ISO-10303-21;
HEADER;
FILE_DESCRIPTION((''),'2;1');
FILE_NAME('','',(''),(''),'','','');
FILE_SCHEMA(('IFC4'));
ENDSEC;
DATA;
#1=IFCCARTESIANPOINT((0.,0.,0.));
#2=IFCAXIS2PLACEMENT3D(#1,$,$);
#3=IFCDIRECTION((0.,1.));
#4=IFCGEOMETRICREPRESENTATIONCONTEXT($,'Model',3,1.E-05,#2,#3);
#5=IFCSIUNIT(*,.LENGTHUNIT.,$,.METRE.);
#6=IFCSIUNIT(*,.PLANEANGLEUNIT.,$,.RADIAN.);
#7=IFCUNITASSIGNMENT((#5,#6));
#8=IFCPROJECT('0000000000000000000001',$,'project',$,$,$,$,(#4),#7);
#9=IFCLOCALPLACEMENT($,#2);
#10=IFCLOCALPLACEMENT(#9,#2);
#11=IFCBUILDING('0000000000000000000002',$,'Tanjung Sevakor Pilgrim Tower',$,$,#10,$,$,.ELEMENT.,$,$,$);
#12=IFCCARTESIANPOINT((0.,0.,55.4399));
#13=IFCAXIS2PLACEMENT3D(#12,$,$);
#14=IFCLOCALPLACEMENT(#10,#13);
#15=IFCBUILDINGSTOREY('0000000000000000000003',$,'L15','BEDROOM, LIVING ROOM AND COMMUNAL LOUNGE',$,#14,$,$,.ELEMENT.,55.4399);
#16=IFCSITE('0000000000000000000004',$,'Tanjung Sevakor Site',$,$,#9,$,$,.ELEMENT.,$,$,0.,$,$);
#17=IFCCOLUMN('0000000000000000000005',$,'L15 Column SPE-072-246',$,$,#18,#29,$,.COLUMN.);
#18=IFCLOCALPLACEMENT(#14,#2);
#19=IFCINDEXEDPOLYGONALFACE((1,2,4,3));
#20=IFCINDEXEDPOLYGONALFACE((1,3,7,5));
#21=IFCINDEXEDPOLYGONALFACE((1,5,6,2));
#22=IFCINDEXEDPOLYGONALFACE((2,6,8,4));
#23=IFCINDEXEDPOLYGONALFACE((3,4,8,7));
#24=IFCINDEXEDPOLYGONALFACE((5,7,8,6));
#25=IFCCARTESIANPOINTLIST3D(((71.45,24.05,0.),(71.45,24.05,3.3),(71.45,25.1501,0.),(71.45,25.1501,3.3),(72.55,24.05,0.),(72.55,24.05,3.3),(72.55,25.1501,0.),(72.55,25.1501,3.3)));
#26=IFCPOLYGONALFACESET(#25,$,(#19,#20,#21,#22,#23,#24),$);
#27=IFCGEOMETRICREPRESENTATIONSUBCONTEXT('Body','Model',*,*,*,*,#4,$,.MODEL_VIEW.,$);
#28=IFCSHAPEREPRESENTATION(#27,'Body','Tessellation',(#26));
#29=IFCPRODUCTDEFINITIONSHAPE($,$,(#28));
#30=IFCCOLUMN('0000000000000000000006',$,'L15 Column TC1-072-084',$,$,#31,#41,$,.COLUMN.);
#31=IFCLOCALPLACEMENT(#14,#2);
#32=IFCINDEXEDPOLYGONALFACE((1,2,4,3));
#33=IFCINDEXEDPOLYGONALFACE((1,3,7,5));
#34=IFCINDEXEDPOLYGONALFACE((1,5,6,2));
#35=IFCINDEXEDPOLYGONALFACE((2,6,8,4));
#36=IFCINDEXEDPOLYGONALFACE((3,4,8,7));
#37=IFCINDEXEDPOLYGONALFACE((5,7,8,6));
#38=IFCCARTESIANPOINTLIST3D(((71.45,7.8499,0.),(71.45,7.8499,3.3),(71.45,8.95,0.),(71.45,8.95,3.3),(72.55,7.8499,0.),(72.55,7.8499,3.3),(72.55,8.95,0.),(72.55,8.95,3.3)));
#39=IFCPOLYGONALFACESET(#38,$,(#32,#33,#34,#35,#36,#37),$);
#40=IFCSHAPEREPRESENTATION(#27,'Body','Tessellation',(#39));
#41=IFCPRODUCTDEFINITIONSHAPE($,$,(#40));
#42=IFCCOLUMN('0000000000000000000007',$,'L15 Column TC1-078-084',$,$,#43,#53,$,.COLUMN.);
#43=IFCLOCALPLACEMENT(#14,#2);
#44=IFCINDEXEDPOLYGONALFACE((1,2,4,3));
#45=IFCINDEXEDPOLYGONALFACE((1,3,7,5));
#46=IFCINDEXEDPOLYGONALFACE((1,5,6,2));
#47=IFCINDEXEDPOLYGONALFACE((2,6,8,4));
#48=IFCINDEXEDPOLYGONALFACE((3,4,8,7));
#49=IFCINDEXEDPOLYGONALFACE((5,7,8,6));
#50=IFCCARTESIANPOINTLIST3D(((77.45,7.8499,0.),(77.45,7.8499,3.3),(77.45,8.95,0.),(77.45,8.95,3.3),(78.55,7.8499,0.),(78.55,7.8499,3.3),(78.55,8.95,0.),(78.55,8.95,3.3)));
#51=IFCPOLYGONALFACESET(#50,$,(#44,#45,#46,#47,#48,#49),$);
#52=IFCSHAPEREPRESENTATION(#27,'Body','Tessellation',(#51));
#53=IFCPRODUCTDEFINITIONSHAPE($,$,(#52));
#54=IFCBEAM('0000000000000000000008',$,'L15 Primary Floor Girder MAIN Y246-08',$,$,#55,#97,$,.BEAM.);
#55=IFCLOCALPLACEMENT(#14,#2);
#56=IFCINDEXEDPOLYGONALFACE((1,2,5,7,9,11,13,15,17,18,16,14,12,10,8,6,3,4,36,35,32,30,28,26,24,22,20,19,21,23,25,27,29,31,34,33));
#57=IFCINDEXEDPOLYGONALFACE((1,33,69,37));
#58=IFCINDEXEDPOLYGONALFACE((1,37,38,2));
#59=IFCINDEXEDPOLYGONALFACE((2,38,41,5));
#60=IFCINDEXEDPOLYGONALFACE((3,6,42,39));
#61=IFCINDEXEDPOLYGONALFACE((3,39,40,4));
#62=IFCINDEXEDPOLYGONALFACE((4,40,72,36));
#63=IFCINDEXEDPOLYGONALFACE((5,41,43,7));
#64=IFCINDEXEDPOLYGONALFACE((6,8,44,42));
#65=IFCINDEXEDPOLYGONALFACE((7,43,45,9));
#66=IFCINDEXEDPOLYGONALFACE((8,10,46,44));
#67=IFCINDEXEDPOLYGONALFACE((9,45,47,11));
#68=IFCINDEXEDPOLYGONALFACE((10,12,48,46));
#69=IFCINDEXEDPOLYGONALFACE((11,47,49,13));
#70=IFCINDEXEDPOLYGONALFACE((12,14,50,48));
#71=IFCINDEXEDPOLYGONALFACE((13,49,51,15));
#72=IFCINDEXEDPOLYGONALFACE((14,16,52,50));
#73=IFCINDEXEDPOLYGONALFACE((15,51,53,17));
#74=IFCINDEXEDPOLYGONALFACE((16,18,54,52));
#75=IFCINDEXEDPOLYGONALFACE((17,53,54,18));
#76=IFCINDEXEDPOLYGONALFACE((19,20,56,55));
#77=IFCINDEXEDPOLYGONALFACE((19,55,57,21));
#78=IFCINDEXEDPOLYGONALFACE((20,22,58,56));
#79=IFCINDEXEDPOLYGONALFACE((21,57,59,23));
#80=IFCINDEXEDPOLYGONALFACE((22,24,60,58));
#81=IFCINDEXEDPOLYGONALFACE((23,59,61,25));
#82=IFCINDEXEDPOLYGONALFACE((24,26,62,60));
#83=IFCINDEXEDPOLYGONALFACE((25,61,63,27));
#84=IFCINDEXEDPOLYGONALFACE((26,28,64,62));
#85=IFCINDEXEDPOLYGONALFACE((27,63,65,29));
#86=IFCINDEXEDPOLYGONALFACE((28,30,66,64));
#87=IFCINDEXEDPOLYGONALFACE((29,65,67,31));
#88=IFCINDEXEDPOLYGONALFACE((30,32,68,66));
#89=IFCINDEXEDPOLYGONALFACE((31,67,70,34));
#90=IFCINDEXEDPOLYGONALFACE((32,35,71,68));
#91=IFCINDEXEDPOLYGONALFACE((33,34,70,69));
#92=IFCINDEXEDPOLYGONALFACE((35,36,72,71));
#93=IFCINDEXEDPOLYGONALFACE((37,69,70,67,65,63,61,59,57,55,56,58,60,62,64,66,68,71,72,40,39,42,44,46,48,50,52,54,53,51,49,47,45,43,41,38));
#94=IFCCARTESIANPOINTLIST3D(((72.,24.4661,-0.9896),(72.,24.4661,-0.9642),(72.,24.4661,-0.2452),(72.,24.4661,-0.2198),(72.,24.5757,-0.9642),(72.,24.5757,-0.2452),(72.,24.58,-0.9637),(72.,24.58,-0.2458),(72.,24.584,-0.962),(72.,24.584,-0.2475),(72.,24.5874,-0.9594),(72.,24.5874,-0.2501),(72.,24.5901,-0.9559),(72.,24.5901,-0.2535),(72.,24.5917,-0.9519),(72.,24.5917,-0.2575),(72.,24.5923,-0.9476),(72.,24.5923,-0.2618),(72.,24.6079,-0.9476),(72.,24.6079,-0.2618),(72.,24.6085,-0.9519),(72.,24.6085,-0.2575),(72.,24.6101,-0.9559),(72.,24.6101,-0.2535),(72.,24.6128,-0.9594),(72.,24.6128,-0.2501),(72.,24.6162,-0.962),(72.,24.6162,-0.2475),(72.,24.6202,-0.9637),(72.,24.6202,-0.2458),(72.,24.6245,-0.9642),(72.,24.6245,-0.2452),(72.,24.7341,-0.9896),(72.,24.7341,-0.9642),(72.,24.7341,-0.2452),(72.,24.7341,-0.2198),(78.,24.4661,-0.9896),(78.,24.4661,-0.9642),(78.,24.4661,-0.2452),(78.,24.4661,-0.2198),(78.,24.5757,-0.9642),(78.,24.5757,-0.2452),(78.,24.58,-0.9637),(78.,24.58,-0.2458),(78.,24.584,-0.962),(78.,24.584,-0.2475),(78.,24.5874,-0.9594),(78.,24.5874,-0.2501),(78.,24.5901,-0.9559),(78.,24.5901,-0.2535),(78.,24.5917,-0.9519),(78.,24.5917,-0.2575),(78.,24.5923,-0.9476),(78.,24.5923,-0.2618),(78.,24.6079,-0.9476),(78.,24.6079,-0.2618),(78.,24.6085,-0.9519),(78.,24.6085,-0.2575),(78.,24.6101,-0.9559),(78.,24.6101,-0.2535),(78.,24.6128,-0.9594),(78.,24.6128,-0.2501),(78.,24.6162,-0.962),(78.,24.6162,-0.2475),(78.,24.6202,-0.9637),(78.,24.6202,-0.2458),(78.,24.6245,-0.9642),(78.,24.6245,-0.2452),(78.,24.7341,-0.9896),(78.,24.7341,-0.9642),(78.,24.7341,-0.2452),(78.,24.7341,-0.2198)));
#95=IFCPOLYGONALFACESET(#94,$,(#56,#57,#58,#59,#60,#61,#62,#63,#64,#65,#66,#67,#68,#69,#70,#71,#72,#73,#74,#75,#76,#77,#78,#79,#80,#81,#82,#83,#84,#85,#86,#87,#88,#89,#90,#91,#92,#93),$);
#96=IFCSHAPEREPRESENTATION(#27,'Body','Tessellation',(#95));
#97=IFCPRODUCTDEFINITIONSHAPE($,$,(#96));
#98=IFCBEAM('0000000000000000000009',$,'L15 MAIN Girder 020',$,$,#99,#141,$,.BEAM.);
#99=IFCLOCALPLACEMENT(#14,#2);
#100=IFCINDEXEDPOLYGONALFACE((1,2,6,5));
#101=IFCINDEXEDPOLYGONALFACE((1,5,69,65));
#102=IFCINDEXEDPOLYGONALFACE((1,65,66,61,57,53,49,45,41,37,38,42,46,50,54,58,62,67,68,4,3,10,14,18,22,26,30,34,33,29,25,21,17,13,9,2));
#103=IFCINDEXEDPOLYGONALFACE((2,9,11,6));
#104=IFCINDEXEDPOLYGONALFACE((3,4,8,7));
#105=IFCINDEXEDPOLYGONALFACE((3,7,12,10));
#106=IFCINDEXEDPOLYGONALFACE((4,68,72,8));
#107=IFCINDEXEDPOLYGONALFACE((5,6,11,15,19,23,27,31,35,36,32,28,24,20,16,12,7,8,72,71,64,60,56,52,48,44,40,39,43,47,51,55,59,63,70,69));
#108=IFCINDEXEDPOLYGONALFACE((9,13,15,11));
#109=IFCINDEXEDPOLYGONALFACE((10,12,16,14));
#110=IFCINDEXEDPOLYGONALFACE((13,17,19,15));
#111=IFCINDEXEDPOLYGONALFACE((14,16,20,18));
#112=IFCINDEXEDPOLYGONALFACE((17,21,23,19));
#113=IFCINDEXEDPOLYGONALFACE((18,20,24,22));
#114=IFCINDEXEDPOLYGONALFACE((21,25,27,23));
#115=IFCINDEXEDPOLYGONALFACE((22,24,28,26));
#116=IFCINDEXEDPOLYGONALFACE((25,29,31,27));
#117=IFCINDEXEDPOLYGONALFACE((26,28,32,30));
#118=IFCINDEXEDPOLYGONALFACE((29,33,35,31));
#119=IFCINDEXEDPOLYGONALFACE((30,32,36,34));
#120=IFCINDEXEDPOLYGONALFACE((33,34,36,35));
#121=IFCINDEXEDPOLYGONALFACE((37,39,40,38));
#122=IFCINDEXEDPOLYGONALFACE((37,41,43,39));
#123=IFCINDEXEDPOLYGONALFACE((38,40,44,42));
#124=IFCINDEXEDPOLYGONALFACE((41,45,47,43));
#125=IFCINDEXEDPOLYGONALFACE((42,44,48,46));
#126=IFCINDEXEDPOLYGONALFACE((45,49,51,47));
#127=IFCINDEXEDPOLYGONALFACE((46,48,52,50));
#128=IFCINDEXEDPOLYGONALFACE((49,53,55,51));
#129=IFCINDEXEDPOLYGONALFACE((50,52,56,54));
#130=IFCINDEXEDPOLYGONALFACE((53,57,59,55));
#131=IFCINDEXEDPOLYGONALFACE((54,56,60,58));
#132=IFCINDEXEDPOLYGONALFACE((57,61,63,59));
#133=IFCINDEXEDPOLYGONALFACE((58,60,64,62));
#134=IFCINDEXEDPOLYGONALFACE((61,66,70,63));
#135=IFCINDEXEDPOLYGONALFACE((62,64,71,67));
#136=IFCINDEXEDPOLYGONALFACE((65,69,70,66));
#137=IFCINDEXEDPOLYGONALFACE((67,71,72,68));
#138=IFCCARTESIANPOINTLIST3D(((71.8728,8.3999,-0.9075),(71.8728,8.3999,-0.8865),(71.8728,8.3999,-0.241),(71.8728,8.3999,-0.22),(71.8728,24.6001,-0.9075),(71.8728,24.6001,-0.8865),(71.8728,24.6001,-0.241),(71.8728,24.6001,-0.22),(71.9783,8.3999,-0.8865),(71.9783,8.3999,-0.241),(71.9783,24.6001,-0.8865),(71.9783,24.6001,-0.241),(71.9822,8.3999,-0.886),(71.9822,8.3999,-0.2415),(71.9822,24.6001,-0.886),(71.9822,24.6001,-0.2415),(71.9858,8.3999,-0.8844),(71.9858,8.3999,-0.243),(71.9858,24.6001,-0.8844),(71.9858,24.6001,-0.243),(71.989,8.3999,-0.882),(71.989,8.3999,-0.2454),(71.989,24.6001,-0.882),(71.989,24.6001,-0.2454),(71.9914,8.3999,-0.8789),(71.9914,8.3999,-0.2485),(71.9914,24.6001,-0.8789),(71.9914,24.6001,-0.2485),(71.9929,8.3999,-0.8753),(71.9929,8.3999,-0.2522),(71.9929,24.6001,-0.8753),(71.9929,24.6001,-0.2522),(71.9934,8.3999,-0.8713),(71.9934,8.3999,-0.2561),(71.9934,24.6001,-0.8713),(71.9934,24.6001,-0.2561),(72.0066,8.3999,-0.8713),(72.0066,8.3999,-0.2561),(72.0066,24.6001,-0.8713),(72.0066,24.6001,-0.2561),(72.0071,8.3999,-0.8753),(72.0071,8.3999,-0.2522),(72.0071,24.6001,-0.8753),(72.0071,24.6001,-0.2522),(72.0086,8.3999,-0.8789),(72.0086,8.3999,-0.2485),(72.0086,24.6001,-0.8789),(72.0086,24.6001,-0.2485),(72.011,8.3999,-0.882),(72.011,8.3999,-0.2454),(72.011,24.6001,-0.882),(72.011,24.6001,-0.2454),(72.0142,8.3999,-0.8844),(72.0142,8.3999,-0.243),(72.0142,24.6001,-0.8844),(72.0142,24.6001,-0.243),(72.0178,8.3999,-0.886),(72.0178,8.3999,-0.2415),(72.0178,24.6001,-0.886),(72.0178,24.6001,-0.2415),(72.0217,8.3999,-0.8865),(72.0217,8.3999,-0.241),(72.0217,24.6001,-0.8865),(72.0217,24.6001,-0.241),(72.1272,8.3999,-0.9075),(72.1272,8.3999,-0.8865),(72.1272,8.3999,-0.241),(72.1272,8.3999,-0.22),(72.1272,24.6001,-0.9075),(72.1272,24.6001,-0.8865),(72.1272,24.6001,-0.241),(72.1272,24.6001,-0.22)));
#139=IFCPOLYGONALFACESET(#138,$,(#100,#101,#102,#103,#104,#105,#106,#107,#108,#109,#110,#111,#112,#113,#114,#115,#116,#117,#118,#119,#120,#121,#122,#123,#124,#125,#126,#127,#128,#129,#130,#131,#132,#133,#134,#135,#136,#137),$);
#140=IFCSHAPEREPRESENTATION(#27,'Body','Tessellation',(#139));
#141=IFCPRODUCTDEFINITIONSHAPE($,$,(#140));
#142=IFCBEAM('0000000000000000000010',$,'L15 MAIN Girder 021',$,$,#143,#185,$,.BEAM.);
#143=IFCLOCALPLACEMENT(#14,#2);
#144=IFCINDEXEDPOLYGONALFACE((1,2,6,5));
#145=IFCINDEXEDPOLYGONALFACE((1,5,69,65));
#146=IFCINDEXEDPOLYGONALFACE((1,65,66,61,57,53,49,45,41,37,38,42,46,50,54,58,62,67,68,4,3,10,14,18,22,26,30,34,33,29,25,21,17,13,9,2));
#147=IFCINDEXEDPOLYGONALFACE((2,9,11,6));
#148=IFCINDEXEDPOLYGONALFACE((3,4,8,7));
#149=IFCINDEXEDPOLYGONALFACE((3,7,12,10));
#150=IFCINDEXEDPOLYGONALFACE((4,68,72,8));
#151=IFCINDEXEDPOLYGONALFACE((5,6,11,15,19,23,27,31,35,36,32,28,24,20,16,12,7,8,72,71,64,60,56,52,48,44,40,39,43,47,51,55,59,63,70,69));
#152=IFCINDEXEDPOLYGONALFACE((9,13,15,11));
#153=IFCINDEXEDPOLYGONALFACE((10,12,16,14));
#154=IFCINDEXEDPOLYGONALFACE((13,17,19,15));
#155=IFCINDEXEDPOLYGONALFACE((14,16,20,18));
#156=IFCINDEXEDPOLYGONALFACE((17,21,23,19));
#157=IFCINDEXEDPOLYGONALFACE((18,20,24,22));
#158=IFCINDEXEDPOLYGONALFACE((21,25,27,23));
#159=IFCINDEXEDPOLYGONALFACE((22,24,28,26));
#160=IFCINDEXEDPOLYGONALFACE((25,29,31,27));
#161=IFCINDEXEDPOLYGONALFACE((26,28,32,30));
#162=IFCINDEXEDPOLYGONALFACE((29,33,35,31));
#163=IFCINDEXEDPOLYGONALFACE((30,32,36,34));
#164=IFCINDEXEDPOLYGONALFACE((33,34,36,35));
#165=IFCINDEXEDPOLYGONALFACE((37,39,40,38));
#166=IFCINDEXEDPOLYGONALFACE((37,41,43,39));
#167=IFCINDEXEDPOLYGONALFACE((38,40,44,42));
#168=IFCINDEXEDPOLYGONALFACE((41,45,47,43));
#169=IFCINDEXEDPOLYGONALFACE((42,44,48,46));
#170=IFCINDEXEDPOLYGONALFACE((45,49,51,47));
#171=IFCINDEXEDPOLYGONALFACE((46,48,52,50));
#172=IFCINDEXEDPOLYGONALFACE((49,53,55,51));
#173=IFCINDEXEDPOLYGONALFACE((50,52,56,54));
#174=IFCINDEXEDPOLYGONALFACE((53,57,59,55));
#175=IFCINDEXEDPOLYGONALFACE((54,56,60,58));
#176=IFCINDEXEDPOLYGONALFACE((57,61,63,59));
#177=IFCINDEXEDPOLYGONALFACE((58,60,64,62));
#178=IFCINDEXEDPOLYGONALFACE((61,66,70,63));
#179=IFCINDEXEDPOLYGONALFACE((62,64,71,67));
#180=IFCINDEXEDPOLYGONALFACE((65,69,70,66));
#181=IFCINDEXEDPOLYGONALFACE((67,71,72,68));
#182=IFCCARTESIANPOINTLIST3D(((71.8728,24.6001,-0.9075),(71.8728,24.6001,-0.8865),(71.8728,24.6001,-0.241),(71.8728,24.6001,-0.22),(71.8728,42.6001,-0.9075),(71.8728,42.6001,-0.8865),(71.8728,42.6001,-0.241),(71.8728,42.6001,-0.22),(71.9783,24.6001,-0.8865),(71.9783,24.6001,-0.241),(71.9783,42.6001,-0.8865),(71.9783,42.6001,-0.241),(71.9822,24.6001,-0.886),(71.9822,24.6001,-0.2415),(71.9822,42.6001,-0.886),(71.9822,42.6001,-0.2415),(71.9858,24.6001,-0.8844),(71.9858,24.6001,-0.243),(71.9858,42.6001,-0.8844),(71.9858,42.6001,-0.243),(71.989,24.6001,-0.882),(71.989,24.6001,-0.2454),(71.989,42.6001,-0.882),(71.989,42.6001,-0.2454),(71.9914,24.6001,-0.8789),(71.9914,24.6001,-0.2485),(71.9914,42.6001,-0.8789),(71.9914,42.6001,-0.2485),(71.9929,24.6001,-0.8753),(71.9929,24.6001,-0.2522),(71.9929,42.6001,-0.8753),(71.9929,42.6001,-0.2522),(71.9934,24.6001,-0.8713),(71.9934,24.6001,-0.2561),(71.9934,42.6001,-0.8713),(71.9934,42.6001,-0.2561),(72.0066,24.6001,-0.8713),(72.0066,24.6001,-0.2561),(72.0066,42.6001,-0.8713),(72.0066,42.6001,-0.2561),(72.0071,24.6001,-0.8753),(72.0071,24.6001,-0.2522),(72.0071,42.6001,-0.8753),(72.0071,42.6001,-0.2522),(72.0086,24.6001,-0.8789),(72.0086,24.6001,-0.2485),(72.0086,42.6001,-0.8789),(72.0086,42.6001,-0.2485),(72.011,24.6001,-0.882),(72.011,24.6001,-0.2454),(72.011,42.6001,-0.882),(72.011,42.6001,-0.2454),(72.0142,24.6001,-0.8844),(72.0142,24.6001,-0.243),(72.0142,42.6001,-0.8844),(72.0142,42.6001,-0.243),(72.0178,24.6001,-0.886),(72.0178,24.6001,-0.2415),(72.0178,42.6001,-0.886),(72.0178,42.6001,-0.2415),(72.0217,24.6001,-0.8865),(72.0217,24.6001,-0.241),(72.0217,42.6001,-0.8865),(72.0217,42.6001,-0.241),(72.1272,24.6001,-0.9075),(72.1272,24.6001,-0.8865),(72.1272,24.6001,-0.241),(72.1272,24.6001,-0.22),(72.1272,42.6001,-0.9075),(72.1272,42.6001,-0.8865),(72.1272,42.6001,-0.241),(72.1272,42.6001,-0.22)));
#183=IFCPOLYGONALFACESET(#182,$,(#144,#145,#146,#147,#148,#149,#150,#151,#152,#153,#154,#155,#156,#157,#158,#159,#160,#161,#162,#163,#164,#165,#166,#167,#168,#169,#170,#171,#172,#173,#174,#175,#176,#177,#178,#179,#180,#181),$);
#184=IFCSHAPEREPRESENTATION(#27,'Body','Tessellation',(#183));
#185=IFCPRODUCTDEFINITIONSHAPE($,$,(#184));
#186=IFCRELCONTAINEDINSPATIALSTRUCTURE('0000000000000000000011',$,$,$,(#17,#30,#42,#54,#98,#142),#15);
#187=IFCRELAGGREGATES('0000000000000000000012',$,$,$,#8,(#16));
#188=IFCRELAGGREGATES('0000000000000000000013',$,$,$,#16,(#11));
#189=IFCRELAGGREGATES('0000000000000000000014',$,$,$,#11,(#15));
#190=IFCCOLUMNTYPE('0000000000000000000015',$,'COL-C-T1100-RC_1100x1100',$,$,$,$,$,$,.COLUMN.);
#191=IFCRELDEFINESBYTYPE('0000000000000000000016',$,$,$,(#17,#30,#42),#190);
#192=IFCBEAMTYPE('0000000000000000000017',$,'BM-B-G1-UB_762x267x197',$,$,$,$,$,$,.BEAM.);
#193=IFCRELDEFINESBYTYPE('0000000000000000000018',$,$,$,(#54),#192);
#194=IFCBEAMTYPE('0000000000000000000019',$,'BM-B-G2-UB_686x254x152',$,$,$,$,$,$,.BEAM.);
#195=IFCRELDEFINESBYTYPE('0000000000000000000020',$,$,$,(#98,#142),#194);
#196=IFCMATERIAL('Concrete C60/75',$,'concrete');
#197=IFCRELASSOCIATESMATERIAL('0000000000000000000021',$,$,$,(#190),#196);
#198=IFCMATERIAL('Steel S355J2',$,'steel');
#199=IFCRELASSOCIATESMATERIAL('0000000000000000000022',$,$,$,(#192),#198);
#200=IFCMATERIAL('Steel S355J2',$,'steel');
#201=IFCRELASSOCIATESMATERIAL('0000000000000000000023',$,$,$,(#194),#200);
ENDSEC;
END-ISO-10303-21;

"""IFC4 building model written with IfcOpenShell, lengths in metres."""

from ifc_helpers import new_model, si_unit, direction, frame, origin, origin_2d, place, context, subcontext, project, spatial, rectangle, i_section, extrude, material, material_profile, profile_set, type_object, element, save


model = new_model("IFC4")

# Units and contexts
model_context = context("Model", 3, precision=1e-05, world=origin(), true_north=direction((0.0, 1.0)))
body_context = subcontext(model_context, "Body", "Model", "MODEL_VIEW")
ifc_project = project(units=[si_unit("LENGTHUNIT", "METRE"), si_unit("PLANEANGLEUNIT", "RADIAN")], contexts=[model_context])

# Site, building, storey
site_placement = place(None, origin())
site = spatial("IfcSite", under=ifc_project, at=site_placement, Name="Tanjung Sevakor Site", CompositionType="ELEMENT", RefElevation=0.0)
building_placement = place(site_placement, origin())
building = spatial("IfcBuilding", under=site, at=building_placement, Name="Tanjung Sevakor Pilgrim Tower", CompositionType="ELEMENT")
storey_placement = place(building_placement, frame((0.0, 0.0, 55.4399)))
storey = spatial("IfcBuildingStorey", under=building, at=storey_placement, Name="L15", Description="BEDROOM, LIVING ROOM AND COMMUNAL LOUNGE", CompositionType="ELEMENT", Elevation=55.4399)

# Columns
ifc_material_1 = material(Name="Concrete C60/75", Category="concrete")
ifc_material_profile_1 = material_profile(ifc_material_1, rectangle(XDim=1.1001, YDim=1.1001, at=origin_2d()))
ifc_profile_set_1 = profile_set([ifc_material_profile_1], Name="Concrete C60/75")
column_type = type_object("IfcColumnType", Name="COL-C-T1100-RC_1100x1100", PredefinedType="COLUMN", material=ifc_profile_set_1)
for number, where, z_axis, x_axis, name in (
    (1, (72.0, 24.6001, 0.0), (0.0, 0.0, 1.0), (1.0, 0.0, 0.0), "L15 Column SPE-072-246"),
    (2, (72.0, 8.3999, 0.0), (0.0, 0.0, 1.0), (1.0, 0.0, 0.0), "L15 Column TC1-072-084"),
    (3, (78.0, 8.3999, 0.0), (0.0, 0.0, 1.0), (1.0, 0.0, 0.0), "L15 Column TC1-078-084"),
):
    element("IfcColumn", number, at=place(storey_placement, frame(where, z_axis=z_axis, x_axis=x_axis)), inside=storey, type_object=column_type, Name=name, PredefinedType="COLUMN", context=body_context, shape_type="SweptSolid", body=[
        extrude(rectangle(XDim=1.1001, YDim=1.1001, at=origin_2d()), origin(), (0.0, 0.0, 1.0), 3.3),
    ])

# Beams
ifc_material_2 = material(Name="Steel S355J2", Category="steel")
ifc_material_profile_2 = material_profile(ifc_material_2, i_section(OverallWidth=0.2681, OverallDepth=0.7698, WebThickness=0.0156, FlangeThickness=0.0254, FilletRadius=0.0166, at=origin_2d()))
ifc_profile_set_2 = profile_set([ifc_material_profile_2], Name="Steel S355J2")
beam_type_1 = type_object("IfcBeamType", Name="BM-B-G1-UB_762x267x197", PredefinedType="BEAM", material=ifc_profile_set_2)
beam_1_placement = place(storey_placement, frame((72.0, 24.6001, -0.6047), z_axis=(1.0, 0.0, 0.0), x_axis=(0.0, 1.0, 0.0)))
element("IfcBeam", 4, at=beam_1_placement, inside=storey, type_object=beam_type_1, Name="L15 Primary Floor Girder MAIN Y246-08", PredefinedType="BEAM", context=body_context, shape_type="SweptSolid", body=[
    extrude(i_section(OverallWidth=0.2681, OverallDepth=0.7698, WebThickness=0.0156, FlangeThickness=0.0254, FilletRadius=0.0166, at=origin_2d()), origin(), (0.0, 0.0, 1.0), 6.0),
])
ifc_material_3 = material(Name="Steel S355J2", Category="steel")
ifc_material_profile_3 = material_profile(ifc_material_3, i_section(OverallWidth=0.2544, OverallDepth=0.6875, WebThickness=0.0132, FlangeThickness=0.021, FilletRadius=0.0151, at=origin_2d()))
ifc_profile_set_3 = profile_set([ifc_material_profile_3], Name="Steel S355J2")
beam_type_2 = type_object("IfcBeamType", Name="BM-B-G2-UB_686x254x152", PredefinedType="BEAM", material=ifc_profile_set_3)
beam_2_placement = place(storey_placement, frame((72.0, 8.3999, -0.5637), z_axis=(0.0, 1.0, 0.0), x_axis=(-1.0, 0.0, 0.0)))
element("IfcBeam", 5, at=beam_2_placement, inside=storey, type_object=beam_type_2, Name="L15 MAIN Girder 020", PredefinedType="BEAM", context=body_context, shape_type="SweptSolid", body=[
    extrude(i_section(OverallWidth=0.2544, OverallDepth=0.6875, WebThickness=0.0132, FlangeThickness=0.021, FilletRadius=0.0151, at=origin_2d()), origin(), (0.0, 0.0, 1.0), 16.2002),
])
beam_3_placement = place(storey_placement, frame((72.0, 24.6001, -0.5637), z_axis=(0.0, 1.0, 0.0), x_axis=(-1.0, 0.0, 0.0)))
element("IfcBeam", 6, at=beam_3_placement, inside=storey, type_object=beam_type_2, Name="L15 MAIN Girder 021", PredefinedType="BEAM", context=body_context, shape_type="SweptSolid", body=[
    extrude(i_section(OverallWidth=0.2544, OverallDepth=0.6875, WebThickness=0.0132, FlangeThickness=0.021, FilletRadius=0.0151, at=origin_2d()), origin(), (0.0, 0.0, 1.0), 18.0),
])

save(model, "model.ifc")
